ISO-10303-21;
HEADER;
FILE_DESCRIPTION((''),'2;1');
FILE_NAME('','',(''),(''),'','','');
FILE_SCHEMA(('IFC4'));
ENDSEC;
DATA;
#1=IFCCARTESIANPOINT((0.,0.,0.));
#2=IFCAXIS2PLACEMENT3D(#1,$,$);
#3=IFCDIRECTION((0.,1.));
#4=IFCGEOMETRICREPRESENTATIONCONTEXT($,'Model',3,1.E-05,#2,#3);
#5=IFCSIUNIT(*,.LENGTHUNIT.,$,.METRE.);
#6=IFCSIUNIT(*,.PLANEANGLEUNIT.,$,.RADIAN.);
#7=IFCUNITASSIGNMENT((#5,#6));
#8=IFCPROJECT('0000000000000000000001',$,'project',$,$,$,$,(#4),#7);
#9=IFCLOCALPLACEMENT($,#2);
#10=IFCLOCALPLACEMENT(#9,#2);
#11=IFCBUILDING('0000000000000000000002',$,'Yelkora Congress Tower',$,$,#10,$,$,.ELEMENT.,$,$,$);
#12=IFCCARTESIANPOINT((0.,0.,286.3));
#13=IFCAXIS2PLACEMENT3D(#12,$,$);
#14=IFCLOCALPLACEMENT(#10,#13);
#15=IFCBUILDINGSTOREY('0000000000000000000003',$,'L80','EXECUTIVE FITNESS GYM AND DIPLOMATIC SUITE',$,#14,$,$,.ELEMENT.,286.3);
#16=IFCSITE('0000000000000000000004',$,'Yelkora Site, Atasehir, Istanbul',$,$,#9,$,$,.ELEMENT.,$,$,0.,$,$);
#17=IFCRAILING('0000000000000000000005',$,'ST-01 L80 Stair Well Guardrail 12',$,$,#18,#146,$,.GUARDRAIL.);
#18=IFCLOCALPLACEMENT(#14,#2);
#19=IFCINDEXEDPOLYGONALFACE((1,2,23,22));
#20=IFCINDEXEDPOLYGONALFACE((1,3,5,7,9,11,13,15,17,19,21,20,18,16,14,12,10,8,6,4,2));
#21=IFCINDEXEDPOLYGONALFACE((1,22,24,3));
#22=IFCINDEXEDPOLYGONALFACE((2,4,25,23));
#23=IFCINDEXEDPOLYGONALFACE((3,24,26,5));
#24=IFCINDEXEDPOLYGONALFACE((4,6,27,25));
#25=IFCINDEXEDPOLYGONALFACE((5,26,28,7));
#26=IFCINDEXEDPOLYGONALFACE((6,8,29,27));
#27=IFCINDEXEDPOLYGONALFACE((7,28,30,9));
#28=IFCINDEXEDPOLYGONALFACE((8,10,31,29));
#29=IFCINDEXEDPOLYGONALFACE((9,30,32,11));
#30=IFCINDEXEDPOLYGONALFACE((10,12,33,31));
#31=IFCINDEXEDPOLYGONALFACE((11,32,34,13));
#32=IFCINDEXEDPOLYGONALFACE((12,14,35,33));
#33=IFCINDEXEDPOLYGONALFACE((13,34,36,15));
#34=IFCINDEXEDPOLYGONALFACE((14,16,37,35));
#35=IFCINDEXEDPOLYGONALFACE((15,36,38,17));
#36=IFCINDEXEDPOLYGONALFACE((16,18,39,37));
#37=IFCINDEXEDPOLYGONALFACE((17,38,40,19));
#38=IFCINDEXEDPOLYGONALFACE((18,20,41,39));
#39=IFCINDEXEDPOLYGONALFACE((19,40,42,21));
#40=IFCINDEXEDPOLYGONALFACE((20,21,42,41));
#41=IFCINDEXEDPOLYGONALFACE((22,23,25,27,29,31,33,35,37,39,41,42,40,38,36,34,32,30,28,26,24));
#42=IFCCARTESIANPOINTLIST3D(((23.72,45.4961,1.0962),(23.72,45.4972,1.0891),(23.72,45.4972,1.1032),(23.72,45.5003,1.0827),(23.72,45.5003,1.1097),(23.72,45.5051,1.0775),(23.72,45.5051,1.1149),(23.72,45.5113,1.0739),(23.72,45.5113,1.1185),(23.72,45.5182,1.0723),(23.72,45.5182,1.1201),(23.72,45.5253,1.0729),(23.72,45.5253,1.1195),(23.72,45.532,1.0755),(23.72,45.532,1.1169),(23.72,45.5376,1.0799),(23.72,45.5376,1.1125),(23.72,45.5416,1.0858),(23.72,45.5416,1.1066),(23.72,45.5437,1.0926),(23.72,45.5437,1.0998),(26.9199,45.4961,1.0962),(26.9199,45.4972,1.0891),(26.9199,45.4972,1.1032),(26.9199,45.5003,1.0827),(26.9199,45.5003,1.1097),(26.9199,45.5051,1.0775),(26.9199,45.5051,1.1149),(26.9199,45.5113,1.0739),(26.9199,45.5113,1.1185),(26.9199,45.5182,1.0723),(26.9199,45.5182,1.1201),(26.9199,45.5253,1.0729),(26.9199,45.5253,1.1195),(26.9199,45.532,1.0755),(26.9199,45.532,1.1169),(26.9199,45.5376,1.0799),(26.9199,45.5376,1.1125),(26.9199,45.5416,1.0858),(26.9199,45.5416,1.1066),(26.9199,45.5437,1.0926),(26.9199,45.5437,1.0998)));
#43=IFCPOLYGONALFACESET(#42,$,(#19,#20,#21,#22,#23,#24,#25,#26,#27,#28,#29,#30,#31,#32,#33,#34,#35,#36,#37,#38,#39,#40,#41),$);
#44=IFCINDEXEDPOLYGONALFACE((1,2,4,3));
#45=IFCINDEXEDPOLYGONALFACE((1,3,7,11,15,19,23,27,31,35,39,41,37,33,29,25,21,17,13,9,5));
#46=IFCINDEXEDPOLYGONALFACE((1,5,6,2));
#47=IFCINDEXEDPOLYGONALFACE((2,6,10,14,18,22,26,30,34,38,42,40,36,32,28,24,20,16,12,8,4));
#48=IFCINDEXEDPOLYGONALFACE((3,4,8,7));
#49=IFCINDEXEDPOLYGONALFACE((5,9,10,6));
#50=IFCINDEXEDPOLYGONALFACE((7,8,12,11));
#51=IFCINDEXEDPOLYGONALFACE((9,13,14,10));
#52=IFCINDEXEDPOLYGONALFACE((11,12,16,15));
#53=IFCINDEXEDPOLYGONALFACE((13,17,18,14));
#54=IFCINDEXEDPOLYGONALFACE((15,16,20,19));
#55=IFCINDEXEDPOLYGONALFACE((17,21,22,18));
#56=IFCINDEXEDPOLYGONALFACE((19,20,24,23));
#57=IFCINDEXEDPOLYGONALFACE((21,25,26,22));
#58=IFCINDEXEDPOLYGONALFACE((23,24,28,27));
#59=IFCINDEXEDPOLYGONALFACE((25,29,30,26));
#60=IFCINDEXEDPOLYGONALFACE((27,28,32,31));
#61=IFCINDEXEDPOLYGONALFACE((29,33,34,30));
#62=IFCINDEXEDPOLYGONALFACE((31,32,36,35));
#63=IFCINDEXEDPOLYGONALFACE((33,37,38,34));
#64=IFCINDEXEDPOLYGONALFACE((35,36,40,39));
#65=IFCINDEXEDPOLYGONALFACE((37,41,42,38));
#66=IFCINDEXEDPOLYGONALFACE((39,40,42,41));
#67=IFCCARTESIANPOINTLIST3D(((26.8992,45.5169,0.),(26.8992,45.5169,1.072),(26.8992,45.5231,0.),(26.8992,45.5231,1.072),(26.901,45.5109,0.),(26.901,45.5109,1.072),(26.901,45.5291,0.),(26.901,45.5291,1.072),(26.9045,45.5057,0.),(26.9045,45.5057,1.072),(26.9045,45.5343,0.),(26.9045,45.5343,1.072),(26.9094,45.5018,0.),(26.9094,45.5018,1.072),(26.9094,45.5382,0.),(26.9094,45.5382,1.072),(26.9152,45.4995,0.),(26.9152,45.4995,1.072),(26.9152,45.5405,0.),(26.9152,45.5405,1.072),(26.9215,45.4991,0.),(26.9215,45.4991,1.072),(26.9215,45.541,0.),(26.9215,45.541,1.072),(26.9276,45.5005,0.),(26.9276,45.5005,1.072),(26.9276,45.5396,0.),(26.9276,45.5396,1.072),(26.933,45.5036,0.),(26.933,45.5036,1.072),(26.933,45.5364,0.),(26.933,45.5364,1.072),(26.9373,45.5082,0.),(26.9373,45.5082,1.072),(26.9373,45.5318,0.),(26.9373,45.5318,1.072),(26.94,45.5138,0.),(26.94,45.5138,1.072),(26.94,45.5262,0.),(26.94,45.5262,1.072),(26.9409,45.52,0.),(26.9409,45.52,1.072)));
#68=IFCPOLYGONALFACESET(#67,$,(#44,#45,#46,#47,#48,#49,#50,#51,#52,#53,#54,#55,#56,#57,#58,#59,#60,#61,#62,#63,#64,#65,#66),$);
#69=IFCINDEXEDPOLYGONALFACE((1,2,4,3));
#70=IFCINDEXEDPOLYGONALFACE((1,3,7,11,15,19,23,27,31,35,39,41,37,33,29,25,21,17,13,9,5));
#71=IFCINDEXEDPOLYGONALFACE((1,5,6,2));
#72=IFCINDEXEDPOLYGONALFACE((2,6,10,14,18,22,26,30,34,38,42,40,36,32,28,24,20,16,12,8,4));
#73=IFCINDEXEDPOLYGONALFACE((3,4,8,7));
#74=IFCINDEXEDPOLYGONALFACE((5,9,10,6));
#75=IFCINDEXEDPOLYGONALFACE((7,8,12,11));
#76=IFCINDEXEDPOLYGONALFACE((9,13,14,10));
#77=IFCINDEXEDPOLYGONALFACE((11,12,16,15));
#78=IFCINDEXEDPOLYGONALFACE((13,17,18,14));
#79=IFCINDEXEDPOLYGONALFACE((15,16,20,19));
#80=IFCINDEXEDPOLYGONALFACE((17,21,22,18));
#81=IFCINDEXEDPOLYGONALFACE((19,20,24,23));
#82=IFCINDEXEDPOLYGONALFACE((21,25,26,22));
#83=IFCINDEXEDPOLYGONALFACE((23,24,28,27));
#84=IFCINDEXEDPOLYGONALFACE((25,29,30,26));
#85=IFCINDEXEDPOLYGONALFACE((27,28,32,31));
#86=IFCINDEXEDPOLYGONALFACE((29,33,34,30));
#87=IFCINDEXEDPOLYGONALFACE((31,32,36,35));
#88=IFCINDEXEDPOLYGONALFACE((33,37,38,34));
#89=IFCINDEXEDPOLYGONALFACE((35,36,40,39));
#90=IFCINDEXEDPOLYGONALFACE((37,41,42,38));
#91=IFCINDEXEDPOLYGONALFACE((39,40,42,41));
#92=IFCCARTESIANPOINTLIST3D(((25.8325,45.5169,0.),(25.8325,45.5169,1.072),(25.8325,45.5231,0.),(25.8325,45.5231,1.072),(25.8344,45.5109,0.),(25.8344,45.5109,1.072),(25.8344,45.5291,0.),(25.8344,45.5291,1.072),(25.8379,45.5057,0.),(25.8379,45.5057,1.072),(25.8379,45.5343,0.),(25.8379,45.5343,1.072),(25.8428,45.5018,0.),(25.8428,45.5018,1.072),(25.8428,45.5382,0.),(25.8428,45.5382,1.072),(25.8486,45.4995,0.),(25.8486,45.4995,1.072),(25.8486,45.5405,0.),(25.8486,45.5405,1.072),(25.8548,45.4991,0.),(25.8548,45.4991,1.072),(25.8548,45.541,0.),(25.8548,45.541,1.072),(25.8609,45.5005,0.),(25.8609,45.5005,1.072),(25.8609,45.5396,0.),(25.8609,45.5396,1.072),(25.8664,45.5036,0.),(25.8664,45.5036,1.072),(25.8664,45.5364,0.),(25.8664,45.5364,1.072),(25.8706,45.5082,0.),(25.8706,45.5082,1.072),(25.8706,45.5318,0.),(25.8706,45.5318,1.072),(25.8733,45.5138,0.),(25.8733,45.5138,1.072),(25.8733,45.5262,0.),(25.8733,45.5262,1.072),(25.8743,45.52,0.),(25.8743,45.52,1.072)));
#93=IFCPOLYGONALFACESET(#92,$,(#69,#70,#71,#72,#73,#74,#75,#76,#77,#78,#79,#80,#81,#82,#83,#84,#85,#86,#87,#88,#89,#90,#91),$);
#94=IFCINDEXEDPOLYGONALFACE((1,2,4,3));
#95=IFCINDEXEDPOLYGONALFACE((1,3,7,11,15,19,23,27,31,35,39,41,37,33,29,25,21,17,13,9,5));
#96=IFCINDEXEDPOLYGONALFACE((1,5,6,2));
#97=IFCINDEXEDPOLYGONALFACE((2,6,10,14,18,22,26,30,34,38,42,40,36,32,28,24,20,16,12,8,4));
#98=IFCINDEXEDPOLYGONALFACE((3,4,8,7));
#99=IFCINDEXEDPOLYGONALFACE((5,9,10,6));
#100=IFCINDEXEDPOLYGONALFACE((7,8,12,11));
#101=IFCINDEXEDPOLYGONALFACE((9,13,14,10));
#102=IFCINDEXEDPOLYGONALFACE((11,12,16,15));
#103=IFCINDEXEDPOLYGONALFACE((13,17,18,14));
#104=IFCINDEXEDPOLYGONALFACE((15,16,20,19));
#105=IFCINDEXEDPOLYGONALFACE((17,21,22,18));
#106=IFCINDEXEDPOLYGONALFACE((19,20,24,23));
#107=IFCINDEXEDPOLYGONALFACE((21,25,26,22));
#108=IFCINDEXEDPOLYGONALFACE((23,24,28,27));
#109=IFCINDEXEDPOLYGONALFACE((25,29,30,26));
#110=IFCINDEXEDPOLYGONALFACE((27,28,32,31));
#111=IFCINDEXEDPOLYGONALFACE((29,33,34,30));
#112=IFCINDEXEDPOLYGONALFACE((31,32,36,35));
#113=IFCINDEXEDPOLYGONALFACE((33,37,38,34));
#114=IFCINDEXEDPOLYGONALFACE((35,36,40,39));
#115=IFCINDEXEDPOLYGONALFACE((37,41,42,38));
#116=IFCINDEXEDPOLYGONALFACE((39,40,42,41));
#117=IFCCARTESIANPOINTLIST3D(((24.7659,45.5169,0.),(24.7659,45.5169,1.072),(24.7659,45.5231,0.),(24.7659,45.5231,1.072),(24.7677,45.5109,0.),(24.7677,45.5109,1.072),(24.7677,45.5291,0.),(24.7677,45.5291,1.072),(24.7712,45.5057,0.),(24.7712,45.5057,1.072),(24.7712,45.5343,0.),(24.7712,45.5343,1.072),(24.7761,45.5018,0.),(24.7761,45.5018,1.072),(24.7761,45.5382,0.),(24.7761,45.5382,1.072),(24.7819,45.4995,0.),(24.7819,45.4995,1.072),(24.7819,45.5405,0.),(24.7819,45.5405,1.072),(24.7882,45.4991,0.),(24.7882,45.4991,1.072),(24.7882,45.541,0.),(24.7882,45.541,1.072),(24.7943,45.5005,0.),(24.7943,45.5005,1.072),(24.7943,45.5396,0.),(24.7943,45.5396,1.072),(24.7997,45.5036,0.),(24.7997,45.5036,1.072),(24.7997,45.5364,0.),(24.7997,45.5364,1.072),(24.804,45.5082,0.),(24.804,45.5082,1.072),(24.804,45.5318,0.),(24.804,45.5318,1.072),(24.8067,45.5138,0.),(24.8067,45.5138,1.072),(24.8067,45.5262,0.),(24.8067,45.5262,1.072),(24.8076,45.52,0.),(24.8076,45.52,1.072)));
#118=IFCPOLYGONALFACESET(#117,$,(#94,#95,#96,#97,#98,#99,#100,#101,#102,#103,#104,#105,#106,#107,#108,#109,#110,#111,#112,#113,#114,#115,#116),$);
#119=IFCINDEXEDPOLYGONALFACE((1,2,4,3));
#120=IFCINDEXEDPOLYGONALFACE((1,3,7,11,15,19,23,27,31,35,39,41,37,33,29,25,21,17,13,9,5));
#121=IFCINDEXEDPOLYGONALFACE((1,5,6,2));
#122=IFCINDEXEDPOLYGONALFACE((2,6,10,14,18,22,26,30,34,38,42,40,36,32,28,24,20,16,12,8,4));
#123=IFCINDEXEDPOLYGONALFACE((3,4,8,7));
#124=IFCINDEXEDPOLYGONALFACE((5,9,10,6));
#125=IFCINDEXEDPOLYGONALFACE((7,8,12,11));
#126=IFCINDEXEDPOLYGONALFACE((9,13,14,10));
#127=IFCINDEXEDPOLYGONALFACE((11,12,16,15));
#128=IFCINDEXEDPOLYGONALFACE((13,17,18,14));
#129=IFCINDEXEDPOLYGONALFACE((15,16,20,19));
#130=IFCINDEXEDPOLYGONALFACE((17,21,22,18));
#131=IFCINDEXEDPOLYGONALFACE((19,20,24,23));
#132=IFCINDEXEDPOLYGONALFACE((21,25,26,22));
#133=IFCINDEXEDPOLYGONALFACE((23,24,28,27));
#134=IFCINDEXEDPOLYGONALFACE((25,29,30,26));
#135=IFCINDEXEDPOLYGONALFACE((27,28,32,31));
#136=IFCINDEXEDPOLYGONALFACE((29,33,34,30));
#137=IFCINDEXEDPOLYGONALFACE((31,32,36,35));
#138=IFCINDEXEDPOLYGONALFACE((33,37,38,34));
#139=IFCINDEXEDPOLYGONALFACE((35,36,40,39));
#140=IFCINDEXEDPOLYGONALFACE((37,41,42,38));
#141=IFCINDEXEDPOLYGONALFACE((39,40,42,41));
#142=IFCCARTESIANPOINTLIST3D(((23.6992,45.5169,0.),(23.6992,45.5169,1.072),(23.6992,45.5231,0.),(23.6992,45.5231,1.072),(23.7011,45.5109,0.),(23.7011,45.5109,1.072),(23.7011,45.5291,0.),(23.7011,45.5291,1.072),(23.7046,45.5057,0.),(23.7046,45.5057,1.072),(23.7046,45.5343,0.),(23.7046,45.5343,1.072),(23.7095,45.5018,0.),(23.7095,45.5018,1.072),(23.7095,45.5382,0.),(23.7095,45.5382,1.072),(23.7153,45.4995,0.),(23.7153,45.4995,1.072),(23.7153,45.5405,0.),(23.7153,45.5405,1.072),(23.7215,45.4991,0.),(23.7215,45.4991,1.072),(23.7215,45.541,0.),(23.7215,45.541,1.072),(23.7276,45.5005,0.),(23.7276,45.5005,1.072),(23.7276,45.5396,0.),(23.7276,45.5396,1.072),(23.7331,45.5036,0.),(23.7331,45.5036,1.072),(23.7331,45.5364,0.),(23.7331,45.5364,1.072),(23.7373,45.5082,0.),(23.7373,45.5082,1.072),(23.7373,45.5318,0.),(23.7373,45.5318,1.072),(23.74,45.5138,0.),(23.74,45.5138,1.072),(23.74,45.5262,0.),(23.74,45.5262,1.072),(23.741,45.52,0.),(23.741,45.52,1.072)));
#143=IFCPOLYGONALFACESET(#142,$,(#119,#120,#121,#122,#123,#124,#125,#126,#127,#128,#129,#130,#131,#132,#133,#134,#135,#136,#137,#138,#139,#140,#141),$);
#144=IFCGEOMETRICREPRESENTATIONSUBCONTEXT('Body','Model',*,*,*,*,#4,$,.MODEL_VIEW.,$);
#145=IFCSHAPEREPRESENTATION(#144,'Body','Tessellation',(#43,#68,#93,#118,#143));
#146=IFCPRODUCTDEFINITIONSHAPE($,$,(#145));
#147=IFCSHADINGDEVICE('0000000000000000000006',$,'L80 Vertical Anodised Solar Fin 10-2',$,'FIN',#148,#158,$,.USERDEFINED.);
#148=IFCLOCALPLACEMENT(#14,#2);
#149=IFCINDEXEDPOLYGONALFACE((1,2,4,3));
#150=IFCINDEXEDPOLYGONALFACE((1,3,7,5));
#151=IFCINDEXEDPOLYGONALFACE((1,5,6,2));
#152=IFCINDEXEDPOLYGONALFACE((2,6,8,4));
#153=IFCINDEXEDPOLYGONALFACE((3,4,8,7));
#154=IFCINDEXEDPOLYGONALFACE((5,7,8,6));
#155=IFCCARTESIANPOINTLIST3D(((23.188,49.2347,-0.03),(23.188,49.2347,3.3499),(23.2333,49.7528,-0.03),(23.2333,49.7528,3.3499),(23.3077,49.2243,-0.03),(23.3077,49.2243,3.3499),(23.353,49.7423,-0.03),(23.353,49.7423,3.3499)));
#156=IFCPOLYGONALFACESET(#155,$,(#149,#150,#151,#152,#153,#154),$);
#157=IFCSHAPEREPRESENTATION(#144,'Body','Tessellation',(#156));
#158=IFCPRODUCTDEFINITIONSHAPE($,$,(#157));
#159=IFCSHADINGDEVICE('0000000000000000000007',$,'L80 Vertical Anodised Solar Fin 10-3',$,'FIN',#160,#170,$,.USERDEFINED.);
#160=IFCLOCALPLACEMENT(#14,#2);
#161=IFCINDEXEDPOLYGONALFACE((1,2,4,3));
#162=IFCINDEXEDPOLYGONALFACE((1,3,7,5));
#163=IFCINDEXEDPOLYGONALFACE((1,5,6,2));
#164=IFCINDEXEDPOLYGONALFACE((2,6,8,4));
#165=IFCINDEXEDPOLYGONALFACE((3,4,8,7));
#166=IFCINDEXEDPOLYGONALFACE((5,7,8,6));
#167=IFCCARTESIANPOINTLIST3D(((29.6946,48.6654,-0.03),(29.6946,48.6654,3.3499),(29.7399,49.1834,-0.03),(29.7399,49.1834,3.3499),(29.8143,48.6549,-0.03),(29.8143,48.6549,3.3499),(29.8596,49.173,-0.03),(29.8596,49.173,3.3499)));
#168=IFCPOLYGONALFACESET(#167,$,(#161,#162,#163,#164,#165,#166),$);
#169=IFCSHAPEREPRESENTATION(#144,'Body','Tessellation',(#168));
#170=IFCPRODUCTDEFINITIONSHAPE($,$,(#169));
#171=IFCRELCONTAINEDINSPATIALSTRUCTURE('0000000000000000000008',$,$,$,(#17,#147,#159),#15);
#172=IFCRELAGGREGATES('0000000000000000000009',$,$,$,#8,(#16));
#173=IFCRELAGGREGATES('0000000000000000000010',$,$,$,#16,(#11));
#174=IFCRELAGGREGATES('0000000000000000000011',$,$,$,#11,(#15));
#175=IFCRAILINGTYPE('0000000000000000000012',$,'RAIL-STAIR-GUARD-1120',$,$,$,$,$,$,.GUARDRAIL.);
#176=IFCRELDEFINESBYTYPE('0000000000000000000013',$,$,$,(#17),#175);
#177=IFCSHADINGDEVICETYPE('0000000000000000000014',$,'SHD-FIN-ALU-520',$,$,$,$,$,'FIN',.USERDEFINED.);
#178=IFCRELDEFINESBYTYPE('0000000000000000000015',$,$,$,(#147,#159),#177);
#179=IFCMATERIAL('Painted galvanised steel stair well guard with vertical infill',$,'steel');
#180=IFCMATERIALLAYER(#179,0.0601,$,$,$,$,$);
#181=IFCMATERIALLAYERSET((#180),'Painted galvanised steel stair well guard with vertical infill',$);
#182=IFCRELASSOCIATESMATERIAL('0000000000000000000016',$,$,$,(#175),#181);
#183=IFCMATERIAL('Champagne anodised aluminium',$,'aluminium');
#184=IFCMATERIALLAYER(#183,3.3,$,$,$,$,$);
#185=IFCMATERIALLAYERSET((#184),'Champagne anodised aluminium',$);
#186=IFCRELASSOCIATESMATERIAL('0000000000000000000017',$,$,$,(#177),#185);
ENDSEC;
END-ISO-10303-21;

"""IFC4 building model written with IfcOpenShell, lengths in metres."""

from ifc_helpers import new_model, si_unit, direction, frame, origin, origin_2d, place, context, subcontext, project, spatial, rectangle, circle, extrude, material, layer, layer_set, type_object, element, save


model = new_model("IFC4")

# Units and contexts
model_context = context("Model", 3, precision=1e-05, world=origin(), true_north=direction((0.0, 1.0)))
body_context = subcontext(model_context, "Body", "Model", "MODEL_VIEW")
ifc_project = project(units=[si_unit("LENGTHUNIT", "METRE"), si_unit("PLANEANGLEUNIT", "RADIAN")], contexts=[model_context])

# Site, building, storey
site_placement = place(None, origin())
site = spatial("IfcSite", under=ifc_project, at=site_placement, Name="Yelkora Site, Atasehir, Istanbul", CompositionType="ELEMENT", RefElevation=0.0)
building_placement = place(site_placement, origin())
building = spatial("IfcBuilding", under=site, at=building_placement, Name="Yelkora Congress Tower", CompositionType="ELEMENT")
storey_placement = place(building_placement, frame((0.0, 0.0, 286.3)))
storey = spatial("IfcBuildingStorey", under=building, at=storey_placement, Name="L80", Description="EXECUTIVE FITNESS GYM AND DIPLOMATIC SUITE", CompositionType="ELEMENT", Elevation=286.3)

# Railing
ifc_material_1 = material(Name="Painted galvanised steel stair well guard with vertical infill", Category="steel")
ifc_layer_1 = layer(ifc_material_1, 0.0601)
ifc_layer_set_1 = layer_set([ifc_layer_1], Name="Painted galvanised steel stair well guard with vertical infill")
railing_type = type_object("IfcRailingType", Name="RAIL-STAIR-GUARD-1120", PredefinedType="GUARDRAIL", material=ifc_layer_set_1)
railing_1_placement = place(storey_placement, frame((26.9199, 45.52, 0.0)))
element("IfcRailing", 1, at=railing_1_placement, inside=storey, type_object=railing_type, Name="ST-01 L80 Stair Well Guardrail 12", PredefinedType="GUARDRAIL", context=body_context, shape_type="SweptSolid", body=[
    extrude(circle(Radius=0.0239, at=origin_2d()), frame((0.0, 0.0, 1.0962), z_axis=(-1.0, 0.0, 0.0), x_axis=(0.0, -1.0, 0.0)), (0.0, 0.0, 1.0), 3.2),
    extrude(circle(Radius=0.021, at=origin_2d()), origin(), (0.0, 0.0, 1.0), 1.072),
    extrude(circle(Radius=0.021, at=origin_2d()), frame((-1.0667, 0.0, 0.0)), (0.0, 0.0, 1.0), 1.072),
    extrude(circle(Radius=0.021, at=origin_2d()), frame((-2.1333, 0.0, 0.0)), (0.0, 0.0, 1.0), 1.072),
    extrude(circle(Radius=0.021, at=origin_2d()), frame((-3.2, 0.0, 0.0)), (0.0, 0.0, 1.0), 1.072),
])

# Shading devices
ifc_material_2 = material(Name="Champagne anodised aluminium", Category="aluminium")
ifc_layer_2 = layer(ifc_material_2, 3.3)
ifc_layer_set_2 = layer_set([ifc_layer_2], Name="Champagne anodised aluminium")
shading_device_type = type_object("IfcShadingDeviceType", Name="SHD-FIN-ALU-520", ElementType="FIN", PredefinedType="USERDEFINED", material=ifc_layer_set_2)
for number, where, z_axis, x_axis, name in (
    (2, (23.2705, 49.4885, -0.03), (0.0, 0.0, 1.0), (0.996195, -0.087156, 0.0), "L80 Vertical Anodised Solar Fin 10-2"),
    (3, (29.7771, 48.9192, -0.03), (0.0, 0.0, 1.0), (0.996195, -0.087156, 0.0), "L80 Vertical Anodised Solar Fin 10-3"),
):
    element("IfcShadingDevice", number, at=place(storey_placement, frame(where, z_axis=z_axis, x_axis=x_axis)), inside=storey, type_object=shading_device_type, Name=name, ObjectType="FIN", PredefinedType="USERDEFINED", context=body_context, shape_type="SweptSolid", body=[
        extrude(rectangle(XDim=0.1201, YDim=0.52, at=origin_2d()), origin(), (0.0, 0.0, 1.0), 3.3799),
    ])

save(model, "model.ifc")
